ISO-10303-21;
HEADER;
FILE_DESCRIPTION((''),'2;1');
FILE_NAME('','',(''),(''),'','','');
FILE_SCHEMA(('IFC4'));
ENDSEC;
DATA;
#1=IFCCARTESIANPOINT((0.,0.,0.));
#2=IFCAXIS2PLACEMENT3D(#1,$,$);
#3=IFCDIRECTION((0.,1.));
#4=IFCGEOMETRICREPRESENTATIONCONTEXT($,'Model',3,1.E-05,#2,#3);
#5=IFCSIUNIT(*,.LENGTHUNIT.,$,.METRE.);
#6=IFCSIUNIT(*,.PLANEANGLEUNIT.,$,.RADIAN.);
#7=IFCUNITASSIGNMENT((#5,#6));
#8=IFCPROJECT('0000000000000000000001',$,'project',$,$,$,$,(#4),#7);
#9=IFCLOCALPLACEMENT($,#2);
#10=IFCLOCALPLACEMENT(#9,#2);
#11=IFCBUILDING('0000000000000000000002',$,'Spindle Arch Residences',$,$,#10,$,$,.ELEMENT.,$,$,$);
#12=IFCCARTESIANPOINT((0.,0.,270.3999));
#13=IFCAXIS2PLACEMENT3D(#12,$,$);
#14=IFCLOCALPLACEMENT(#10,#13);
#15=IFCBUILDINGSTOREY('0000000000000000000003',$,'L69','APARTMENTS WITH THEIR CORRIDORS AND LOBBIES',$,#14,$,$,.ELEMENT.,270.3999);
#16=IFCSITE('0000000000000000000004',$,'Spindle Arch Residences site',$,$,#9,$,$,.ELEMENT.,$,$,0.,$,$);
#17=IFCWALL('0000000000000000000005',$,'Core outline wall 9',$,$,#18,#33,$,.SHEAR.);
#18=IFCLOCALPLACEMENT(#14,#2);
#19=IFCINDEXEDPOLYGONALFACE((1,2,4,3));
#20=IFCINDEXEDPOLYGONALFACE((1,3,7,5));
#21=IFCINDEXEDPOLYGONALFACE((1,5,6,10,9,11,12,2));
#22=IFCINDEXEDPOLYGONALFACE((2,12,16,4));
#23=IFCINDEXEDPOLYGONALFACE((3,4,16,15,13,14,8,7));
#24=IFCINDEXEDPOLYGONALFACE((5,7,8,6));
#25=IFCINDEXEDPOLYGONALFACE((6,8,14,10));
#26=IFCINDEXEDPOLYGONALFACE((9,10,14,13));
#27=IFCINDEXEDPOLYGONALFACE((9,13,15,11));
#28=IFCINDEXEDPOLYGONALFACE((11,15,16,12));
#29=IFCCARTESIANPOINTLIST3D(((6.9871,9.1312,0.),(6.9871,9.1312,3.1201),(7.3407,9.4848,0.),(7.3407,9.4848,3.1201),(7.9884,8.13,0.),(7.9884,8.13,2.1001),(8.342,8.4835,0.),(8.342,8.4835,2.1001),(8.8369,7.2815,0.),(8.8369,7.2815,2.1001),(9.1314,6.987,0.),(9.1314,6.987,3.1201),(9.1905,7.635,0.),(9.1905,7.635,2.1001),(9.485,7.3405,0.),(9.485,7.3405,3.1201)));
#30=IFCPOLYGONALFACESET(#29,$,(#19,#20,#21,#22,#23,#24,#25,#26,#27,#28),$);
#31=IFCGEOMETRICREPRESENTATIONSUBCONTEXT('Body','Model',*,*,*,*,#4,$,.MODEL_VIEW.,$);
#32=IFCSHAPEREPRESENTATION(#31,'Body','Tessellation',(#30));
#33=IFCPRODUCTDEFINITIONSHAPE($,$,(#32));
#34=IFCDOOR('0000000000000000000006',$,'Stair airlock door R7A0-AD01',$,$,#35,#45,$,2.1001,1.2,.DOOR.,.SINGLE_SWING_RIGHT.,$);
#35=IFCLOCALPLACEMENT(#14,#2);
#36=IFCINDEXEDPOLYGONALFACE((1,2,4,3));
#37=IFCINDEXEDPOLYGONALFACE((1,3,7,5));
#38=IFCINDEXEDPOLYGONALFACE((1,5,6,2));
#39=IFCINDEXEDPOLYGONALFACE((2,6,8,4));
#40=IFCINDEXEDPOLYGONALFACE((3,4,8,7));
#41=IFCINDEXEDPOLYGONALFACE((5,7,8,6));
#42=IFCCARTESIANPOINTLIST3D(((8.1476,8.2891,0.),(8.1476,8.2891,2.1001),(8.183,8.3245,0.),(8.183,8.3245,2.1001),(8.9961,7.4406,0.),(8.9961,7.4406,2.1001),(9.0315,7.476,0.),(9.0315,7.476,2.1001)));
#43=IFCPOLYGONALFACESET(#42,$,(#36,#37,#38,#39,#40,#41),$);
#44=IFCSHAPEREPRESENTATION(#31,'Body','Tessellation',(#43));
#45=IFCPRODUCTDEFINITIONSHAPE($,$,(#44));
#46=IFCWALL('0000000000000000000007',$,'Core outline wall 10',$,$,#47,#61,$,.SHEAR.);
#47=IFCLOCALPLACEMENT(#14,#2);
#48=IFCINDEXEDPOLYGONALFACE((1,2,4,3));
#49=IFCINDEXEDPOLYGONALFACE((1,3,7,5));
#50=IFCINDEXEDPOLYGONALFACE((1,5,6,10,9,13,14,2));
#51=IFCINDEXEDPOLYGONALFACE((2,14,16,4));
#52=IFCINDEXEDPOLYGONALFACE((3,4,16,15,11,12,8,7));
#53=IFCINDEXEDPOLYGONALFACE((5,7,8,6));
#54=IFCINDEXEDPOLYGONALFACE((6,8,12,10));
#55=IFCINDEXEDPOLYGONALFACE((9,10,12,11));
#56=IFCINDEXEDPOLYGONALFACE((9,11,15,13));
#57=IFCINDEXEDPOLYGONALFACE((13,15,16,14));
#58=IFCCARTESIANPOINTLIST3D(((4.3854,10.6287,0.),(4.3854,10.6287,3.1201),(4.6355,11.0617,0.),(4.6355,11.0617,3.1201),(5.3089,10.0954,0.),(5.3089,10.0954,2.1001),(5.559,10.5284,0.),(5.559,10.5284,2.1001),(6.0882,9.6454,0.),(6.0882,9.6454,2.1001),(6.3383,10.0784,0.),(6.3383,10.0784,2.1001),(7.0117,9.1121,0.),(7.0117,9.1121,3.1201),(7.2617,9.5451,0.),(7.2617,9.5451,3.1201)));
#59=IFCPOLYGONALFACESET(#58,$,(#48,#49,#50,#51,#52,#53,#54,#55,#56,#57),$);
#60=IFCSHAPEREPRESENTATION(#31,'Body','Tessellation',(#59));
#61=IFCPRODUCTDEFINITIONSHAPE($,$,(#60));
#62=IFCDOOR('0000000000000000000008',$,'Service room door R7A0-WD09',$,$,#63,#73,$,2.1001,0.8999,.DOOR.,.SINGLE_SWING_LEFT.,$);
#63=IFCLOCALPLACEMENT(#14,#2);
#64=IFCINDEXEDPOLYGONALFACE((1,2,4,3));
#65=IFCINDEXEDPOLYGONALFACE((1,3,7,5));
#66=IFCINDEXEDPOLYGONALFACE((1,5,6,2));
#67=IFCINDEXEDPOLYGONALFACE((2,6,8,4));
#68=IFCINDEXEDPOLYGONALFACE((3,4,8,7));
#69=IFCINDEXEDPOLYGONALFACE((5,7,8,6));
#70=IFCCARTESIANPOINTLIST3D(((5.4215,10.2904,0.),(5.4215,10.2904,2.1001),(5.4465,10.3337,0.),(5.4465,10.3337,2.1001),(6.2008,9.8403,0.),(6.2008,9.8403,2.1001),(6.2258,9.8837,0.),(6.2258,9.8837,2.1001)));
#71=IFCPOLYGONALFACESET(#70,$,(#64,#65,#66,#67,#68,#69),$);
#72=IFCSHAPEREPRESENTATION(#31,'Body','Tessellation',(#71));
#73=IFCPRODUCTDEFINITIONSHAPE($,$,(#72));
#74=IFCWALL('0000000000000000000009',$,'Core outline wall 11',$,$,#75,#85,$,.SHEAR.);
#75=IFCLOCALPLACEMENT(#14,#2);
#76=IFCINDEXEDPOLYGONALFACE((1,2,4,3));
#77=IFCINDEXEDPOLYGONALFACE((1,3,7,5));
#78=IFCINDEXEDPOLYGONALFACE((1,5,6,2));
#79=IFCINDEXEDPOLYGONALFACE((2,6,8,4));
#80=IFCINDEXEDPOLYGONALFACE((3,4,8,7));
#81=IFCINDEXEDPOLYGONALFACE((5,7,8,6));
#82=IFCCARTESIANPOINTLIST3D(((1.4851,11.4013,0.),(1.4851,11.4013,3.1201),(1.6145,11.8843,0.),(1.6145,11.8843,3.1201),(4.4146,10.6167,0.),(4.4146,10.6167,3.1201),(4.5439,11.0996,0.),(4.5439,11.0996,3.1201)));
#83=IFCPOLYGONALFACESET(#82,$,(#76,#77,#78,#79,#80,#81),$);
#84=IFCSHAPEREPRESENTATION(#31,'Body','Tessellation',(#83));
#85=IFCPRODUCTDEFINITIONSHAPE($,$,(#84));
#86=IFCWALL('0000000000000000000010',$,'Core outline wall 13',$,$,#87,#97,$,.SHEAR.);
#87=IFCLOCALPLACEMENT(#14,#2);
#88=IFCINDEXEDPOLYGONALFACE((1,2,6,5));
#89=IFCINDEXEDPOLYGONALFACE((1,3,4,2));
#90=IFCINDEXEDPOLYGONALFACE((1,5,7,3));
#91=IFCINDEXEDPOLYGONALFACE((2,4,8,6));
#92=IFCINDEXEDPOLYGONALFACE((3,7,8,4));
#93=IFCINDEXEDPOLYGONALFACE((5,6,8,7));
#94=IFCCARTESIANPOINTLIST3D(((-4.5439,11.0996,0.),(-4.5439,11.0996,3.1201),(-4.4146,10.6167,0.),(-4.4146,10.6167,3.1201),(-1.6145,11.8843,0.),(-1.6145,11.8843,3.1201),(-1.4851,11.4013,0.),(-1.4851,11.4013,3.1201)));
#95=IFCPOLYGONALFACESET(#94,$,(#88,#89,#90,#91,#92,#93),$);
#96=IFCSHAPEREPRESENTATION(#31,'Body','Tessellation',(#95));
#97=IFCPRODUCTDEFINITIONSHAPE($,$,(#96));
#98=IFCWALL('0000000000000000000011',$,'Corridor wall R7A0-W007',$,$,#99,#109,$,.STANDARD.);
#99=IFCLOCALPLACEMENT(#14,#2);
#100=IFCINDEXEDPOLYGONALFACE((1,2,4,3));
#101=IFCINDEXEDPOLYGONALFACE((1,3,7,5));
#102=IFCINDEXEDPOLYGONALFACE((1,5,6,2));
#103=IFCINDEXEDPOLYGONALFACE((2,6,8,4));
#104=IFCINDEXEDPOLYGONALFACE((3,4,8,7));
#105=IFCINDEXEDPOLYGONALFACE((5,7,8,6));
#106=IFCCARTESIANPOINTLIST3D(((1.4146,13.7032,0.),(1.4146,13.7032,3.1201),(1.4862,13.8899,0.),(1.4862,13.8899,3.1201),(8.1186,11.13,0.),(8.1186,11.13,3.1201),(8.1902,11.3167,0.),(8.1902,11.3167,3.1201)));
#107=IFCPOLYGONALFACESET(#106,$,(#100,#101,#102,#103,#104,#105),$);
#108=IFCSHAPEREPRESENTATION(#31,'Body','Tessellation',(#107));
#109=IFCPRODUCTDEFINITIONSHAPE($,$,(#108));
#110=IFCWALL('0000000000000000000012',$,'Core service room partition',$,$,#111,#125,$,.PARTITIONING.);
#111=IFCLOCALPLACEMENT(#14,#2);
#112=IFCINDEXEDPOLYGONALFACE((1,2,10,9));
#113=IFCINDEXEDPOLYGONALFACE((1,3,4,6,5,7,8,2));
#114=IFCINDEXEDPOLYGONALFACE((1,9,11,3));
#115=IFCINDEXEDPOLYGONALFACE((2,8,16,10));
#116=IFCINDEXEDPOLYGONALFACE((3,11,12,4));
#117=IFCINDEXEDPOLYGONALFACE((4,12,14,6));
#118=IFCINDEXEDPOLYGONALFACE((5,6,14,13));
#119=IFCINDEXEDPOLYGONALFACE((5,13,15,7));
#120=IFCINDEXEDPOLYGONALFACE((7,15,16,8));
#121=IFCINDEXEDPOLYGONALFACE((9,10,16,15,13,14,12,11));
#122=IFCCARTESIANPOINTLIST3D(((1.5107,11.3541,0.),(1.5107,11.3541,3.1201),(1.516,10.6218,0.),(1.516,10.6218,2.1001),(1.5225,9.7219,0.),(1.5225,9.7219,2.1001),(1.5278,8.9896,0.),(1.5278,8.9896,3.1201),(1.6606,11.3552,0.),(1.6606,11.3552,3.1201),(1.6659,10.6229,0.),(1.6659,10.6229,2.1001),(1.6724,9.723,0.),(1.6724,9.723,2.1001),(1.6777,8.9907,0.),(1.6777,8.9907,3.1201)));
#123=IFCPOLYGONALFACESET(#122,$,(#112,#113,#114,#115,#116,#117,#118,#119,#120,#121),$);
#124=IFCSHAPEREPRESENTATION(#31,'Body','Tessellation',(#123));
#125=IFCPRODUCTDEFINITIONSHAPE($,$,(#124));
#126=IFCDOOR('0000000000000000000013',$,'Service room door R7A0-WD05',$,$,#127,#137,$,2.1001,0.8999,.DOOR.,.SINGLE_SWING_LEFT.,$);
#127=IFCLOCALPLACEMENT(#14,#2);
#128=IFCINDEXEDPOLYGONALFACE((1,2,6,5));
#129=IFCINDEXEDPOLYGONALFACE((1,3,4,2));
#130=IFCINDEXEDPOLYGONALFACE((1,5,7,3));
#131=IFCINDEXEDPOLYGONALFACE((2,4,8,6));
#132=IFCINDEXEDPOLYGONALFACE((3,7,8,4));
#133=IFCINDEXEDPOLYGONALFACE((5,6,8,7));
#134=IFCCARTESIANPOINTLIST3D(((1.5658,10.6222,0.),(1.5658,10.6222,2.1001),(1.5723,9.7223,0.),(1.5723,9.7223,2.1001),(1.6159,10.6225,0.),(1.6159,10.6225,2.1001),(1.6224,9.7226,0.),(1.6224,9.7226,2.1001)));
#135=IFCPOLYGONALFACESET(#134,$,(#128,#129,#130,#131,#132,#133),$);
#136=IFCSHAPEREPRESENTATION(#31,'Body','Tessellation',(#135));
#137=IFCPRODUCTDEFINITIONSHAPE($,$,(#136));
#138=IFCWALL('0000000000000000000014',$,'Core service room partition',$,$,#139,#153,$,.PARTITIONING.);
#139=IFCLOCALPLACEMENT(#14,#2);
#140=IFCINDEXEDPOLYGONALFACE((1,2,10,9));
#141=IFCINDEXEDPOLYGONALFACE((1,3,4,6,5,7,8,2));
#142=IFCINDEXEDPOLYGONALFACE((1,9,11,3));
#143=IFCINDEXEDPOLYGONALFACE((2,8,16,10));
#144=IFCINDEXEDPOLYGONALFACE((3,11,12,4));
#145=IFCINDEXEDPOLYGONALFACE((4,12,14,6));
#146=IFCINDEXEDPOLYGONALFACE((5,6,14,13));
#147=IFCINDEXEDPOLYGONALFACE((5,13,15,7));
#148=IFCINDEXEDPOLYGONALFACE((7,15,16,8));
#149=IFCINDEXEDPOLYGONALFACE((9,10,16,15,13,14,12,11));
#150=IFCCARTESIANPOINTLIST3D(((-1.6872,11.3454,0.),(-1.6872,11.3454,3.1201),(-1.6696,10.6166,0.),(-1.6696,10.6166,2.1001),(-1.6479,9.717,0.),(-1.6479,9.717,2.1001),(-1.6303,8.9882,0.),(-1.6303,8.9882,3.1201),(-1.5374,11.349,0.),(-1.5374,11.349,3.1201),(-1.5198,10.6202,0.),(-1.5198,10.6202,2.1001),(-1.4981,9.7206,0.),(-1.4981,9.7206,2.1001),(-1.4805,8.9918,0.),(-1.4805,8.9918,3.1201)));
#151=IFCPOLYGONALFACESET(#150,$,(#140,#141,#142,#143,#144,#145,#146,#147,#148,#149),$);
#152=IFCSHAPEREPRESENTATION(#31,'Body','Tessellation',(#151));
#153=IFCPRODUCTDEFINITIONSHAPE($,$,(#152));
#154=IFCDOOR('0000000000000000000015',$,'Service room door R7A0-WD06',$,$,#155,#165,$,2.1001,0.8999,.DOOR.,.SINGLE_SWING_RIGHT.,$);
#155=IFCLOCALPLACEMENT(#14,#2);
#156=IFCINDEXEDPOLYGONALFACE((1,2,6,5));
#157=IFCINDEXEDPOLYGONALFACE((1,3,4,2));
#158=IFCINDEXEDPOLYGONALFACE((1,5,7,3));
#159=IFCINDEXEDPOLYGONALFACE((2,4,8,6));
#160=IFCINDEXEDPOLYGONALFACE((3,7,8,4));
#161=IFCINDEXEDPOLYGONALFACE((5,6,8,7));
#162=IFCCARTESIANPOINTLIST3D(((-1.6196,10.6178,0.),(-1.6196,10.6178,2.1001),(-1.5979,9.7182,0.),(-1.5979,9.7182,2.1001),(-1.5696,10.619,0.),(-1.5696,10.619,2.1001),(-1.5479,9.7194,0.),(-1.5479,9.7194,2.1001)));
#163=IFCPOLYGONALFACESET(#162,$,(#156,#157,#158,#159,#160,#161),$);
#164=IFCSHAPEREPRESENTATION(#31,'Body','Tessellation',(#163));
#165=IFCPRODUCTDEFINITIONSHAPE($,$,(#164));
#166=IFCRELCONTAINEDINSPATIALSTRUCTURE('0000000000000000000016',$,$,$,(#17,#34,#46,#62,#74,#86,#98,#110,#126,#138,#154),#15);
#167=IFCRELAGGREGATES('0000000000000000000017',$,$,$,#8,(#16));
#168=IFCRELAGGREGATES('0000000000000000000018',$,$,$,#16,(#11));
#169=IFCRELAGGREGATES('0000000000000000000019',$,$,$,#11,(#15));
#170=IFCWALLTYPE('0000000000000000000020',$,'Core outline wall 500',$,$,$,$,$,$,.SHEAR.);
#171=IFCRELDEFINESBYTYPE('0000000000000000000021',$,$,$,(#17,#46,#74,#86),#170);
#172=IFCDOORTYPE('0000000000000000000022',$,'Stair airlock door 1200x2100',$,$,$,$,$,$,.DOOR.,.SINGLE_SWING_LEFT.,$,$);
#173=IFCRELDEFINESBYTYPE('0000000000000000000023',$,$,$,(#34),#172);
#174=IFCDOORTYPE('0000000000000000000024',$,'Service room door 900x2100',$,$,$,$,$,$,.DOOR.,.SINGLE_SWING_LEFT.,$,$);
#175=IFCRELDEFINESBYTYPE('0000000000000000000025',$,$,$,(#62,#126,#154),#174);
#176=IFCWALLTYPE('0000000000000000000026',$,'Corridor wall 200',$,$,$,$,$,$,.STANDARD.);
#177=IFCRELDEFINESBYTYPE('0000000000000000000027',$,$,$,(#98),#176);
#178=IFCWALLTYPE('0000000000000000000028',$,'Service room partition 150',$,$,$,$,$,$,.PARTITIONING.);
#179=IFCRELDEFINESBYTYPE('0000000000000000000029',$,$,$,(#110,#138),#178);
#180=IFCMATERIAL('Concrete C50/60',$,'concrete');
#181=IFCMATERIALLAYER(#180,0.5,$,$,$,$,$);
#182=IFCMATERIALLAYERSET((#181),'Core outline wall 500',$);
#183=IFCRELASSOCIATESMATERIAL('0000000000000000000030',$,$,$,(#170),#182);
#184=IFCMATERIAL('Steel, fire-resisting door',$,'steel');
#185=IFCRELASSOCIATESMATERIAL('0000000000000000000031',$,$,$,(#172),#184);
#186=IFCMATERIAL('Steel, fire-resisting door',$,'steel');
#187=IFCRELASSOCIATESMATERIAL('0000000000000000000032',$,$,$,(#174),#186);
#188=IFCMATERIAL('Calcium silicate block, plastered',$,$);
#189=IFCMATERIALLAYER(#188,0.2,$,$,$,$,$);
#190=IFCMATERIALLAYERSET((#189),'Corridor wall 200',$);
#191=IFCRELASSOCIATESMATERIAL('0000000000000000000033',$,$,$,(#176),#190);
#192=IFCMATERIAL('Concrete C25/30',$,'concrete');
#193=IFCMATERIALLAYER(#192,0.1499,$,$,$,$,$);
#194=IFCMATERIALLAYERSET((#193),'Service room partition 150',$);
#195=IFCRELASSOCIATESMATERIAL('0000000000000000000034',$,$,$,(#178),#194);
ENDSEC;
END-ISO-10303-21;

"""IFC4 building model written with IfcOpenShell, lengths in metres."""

from ifc_helpers import new_model, si_unit, direction, frame, frame_2d, origin, place, context, subcontext, project, spatial, rectangle, extrude, material, layer, layer_set, type_object, element, fill, save


model = new_model("IFC4")

# Units and contexts
model_context = context("Model", 3, precision=1e-05, world=origin(), true_north=direction((0.0, 1.0)))
body_context = subcontext(model_context, "Body", "Model", "MODEL_VIEW")
ifc_project = project(units=[si_unit("LENGTHUNIT", "METRE"), si_unit("PLANEANGLEUNIT", "RADIAN")], contexts=[model_context])

# Site, building, storey
site_placement = place(None, origin())
site = spatial("IfcSite", under=ifc_project, at=site_placement, Name="Spindle Arch Residences site", CompositionType="ELEMENT", RefElevation=0.0)
building_placement = place(site_placement, origin())
building = spatial("IfcBuilding", under=site, at=building_placement, Name="Spindle Arch Residences", CompositionType="ELEMENT")
storey_placement = place(building_placement, frame((0.0, 0.0, 270.3999)))
storey = spatial("IfcBuildingStorey", under=building, at=storey_placement, Name="L69", Description="APARTMENTS WITH THEIR CORRIDORS AND LOBBIES", CompositionType="ELEMENT", Elevation=270.3999)

# Walls, openings, doors
ifc_material_1 = material(Name="Concrete C50/60", Category="concrete")
ifc_layer_1 = layer(ifc_material_1, 0.5)
ifc_layer_set_1 = layer_set([ifc_layer_1], Name="Core outline wall 500")
wall_type_1 = type_object("IfcWallType", Name="Core outline wall 500", PredefinedType="SHEAR", material=ifc_layer_set_1)
wall_1_placement = place(storey_placement, frame((9.3081, 7.1638, 0.0), z_axis=(0.0, 0.0, 1.0), x_axis=(-0.707107, 0.707107, 0.0)))
wall_1 = element("IfcWall", 1, at=wall_1_placement, inside=storey, type_object=wall_type_1, Name="Core outline wall 9", PredefinedType="SHEAR", context=body_context, shape_type="SweptSolid", body=[
    extrude(rectangle(XDim=3.0325, YDim=0.5, at=frame_2d((1.5161, 0.0))), origin(), (0.0, 0.0, 1.0), 3.1201),
])
opening_1_placement = place(wall_1_placement, frame((0.4163, 0.0, 0.0)))
opening_1 = element("IfcOpeningElement", 2, at=opening_1_placement, cuts=wall_1, PredefinedType="OPENING", context=body_context, shape_type="SweptSolid", body=[
    extrude(rectangle(XDim=1.2, YDim=2.1001, at=frame_2d((0.6001, 1.05))), frame((0.0, 0.26, 0.0), z_axis=(0.0, -1.0, 0.0), x_axis=(1.0, 0.0, 0.0)), (0.0, 0.0, 1.0), 0.52),
])
ifc_material_2 = material(Name="Steel, fire-resisting door", Category="steel")
door_type_1 = type_object("IfcDoorType", Name="Stair airlock door 1200x2100", OperationType="SINGLE_SWING_LEFT", PredefinedType="DOOR", material=ifc_material_2)
door_1_placement = place(opening_1_placement, origin())
door_1 = element("IfcDoor", 3, at=door_1_placement, inside=storey, type_object=door_type_1, Name="Stair airlock door R7A0-AD01", OperationType="SINGLE_SWING_RIGHT", OverallHeight=2.1001, OverallWidth=1.2, PredefinedType="DOOR", context=body_context, shape_type="SweptSolid", body=[
    extrude(rectangle(XDim=1.2, YDim=2.1001, at=frame_2d((0.6001, 1.05))), frame((0.0, 0.0249, 0.0), z_axis=(0.0, -1.0, 0.0), x_axis=(1.0, 0.0, 0.0)), (0.0, 0.0, 1.0), 0.05),
])
fill(opening_1, door_1)
wall_2_placement = place(storey_placement, frame((7.1367, 9.3286, 0.0), z_axis=(0.0, 0.0, 1.0), x_axis=(-0.865975, 0.500087, 0.0)))
wall_2 = element("IfcWall", 4, at=wall_2_placement, inside=storey, type_object=wall_type_1, Name="Core outline wall 10", PredefinedType="SHEAR", context=body_context, shape_type="SweptSolid", body=[
    extrude(rectangle(XDim=3.0327, YDim=0.5, at=frame_2d((1.5164, 0.0))), origin(), (0.0, 0.0, 1.0), 3.1201),
])
opening_2_placement = place(wall_2_placement, frame((1.0664, 0.0, 0.0)))
opening_2 = element("IfcOpeningElement", 5, at=opening_2_placement, cuts=wall_2, PredefinedType="OPENING", context=body_context, shape_type="SweptSolid", body=[
    extrude(rectangle(XDim=0.8999, YDim=2.1001, at=frame_2d((0.45, 1.05))), frame((0.0, 0.26, 0.0), z_axis=(0.0, -1.0, 0.0), x_axis=(1.0, 0.0, 0.0)), (0.0, 0.0, 1.0), 0.52),
])
ifc_material_3 = material(Name="Steel, fire-resisting door", Category="steel")
door_type_2 = type_object("IfcDoorType", Name="Service room door 900x2100", OperationType="SINGLE_SWING_LEFT", PredefinedType="DOOR", material=ifc_material_3)
door_2_placement = place(opening_2_placement, origin())
door_2 = element("IfcDoor", 6, at=door_2_placement, inside=storey, type_object=door_type_2, Name="Service room door R7A0-WD09", OperationType="SINGLE_SWING_LEFT", OverallHeight=2.1001, OverallWidth=0.8999, PredefinedType="DOOR", context=body_context, shape_type="SweptSolid", body=[
    extrude(rectangle(XDim=0.8999, YDim=2.1001, at=frame_2d((0.45, 1.05))), frame((0.0, 0.0249, 0.0), z_axis=(0.0, -1.0, 0.0), x_axis=(1.0, 0.0, 0.0)), (0.0, 0.0, 1.0), 0.05),
])
fill(opening_2, door_2)

# Walls
for number, where, z_axis, x_axis, name in (
    (7, (4.4792, 10.8582, 0.0), (0.0, 0.0, 1.0), (-0.965948, 0.258735, 0.0), "Core outline wall 11"),
    (8, (-1.5498, 11.6428, 0.0), (0.0, 0.0, 1.0), (-0.965948, -0.258735, 0.0), "Core outline wall 13"),
):
    element("IfcWall", number, at=place(storey_placement, frame(where, z_axis=z_axis, x_axis=x_axis)), inside=storey, type_object=wall_type_1, Name=name, PredefinedType="SHEAR", context=body_context, shape_type="SweptSolid", body=[
        extrude(rectangle(XDim=3.0327, YDim=0.5, at=frame_2d((1.5164, 0.0))), origin(), (0.0, 0.0, 1.0), 3.1201),
    ])
ifc_material_4 = material(Name="Calcium silicate block, plastered")
ifc_layer_2 = layer(ifc_material_4, 0.2)
ifc_layer_set_2 = layer_set([ifc_layer_2], Name="Corridor wall 200")
wall_type_2 = type_object("IfcWallType", Name="Corridor wall 200", PredefinedType="STANDARD", material=ifc_layer_set_2)
wall_3_placement = place(storey_placement, frame((8.1543, 11.2234, 0.0), z_axis=(0.0, 0.0, 1.0), x_axis=(-0.933591, 0.358341, 0.0)))
element("IfcWall", 9, at=wall_3_placement, inside=storey, type_object=wall_type_2, Name="Corridor wall R7A0-W007", PredefinedType="STANDARD", context=body_context, shape_type="SweptSolid", body=[
    extrude(rectangle(XDim=7.1809, YDim=0.2, at=frame_2d((3.5903, 0.0))), origin(), (0.0, 0.0, 1.0), 3.1201),
])

# Walls, openings, doors
ifc_material_5 = material(Name="Concrete C25/30", Category="concrete")
ifc_layer_3 = layer(ifc_material_5, 0.1499)
ifc_layer_set_3 = layer_set([ifc_layer_3], Name="Service room partition 150")
wall_type_3 = type_object("IfcWallType", Name="Service room partition 150", PredefinedType="PARTITIONING", material=ifc_layer_set_3)
wall_4_placement = place(storey_placement, frame((1.5857, 11.3545, 0.0), z_axis=(0.0, 0.0, 1.0), x_axis=(0.007227, -0.999974, 0.0)))
wall_4 = element("IfcWall", 10, at=wall_4_placement, inside=storey, type_object=wall_type_3, Name="Core service room partition", PredefinedType="PARTITIONING", context=body_context, shape_type="SweptSolid", body=[
    extrude(rectangle(XDim=2.3645, YDim=0.1499, at=frame_2d((1.1821, 0.0))), origin(), (0.0, 0.0, 1.0), 3.1201),
])
opening_3_placement = place(wall_4_placement, frame((0.7322, 0.0, 0.0)))
opening_3 = element("IfcOpeningElement", 11, at=opening_3_placement, cuts=wall_4, PredefinedType="OPENING", context=body_context, shape_type="SweptSolid", body=[
    extrude(rectangle(XDim=0.8999, YDim=2.1001, at=frame_2d((0.45, 1.05))), frame((0.0, 0.085, 0.0), z_axis=(0.0, -1.0, 0.0), x_axis=(1.0, 0.0, 0.0)), (0.0, 0.0, 1.0), 0.1699),
])
door_3_placement = place(opening_3_placement, origin())
door_3 = element("IfcDoor", 12, at=door_3_placement, inside=storey, type_object=door_type_2, Name="Service room door R7A0-WD05", OperationType="SINGLE_SWING_LEFT", OverallHeight=2.1001, OverallWidth=0.8999, PredefinedType="DOOR", context=body_context, shape_type="SweptSolid", body=[
    extrude(rectangle(XDim=0.8999, YDim=2.1001, at=frame_2d((0.45, 1.05))), frame((0.0, 0.0249, 0.0), z_axis=(0.0, -1.0, 0.0), x_axis=(1.0, 0.0, 0.0)), (0.0, 0.0, 1.0), 0.05),
])
fill(opening_3, door_3)
wall_5_placement = place(storey_placement, frame((-1.5554, 8.99, 0.0), z_axis=(0.0, 0.0, 1.0), x_axis=(-0.024126, 0.999709, 0.0)))
wall_5 = element("IfcWall", 13, at=wall_5_placement, inside=storey, type_object=wall_type_3, Name="Core service room partition", PredefinedType="PARTITIONING", context=body_context, shape_type="SweptSolid", body=[
    extrude(rectangle(XDim=2.3579, YDim=0.1499, at=frame_2d((1.179, 0.0))), origin(), (0.0, 0.0, 1.0), 3.1201),
])
opening_4_placement = place(wall_5_placement, frame((0.729, 0.0, 0.0)))
opening_4 = element("IfcOpeningElement", 14, at=opening_4_placement, cuts=wall_5, PredefinedType="OPENING", context=body_context, shape_type="SweptSolid", body=[
    extrude(rectangle(XDim=0.8999, YDim=2.1001, at=frame_2d((0.45, 1.05))), frame((0.0, 0.085, 0.0), z_axis=(0.0, -1.0, 0.0), x_axis=(1.0, 0.0, 0.0)), (0.0, 0.0, 1.0), 0.1699),
])
door_4_placement = place(opening_4_placement, origin())
door_4 = element("IfcDoor", 15, at=door_4_placement, inside=storey, type_object=door_type_2, Name="Service room door R7A0-WD06", OperationType="SINGLE_SWING_RIGHT", OverallHeight=2.1001, OverallWidth=0.8999, PredefinedType="DOOR", context=body_context, shape_type="SweptSolid", body=[
    extrude(rectangle(XDim=0.8999, YDim=2.1001, at=frame_2d((0.45, 1.05))), frame((0.0, 0.0249, 0.0), z_axis=(0.0, -1.0, 0.0), x_axis=(1.0, 0.0, 0.0)), (0.0, 0.0, 1.0), 0.05),
])
fill(opening_4, door_4)

save(model, "model.ifc")
